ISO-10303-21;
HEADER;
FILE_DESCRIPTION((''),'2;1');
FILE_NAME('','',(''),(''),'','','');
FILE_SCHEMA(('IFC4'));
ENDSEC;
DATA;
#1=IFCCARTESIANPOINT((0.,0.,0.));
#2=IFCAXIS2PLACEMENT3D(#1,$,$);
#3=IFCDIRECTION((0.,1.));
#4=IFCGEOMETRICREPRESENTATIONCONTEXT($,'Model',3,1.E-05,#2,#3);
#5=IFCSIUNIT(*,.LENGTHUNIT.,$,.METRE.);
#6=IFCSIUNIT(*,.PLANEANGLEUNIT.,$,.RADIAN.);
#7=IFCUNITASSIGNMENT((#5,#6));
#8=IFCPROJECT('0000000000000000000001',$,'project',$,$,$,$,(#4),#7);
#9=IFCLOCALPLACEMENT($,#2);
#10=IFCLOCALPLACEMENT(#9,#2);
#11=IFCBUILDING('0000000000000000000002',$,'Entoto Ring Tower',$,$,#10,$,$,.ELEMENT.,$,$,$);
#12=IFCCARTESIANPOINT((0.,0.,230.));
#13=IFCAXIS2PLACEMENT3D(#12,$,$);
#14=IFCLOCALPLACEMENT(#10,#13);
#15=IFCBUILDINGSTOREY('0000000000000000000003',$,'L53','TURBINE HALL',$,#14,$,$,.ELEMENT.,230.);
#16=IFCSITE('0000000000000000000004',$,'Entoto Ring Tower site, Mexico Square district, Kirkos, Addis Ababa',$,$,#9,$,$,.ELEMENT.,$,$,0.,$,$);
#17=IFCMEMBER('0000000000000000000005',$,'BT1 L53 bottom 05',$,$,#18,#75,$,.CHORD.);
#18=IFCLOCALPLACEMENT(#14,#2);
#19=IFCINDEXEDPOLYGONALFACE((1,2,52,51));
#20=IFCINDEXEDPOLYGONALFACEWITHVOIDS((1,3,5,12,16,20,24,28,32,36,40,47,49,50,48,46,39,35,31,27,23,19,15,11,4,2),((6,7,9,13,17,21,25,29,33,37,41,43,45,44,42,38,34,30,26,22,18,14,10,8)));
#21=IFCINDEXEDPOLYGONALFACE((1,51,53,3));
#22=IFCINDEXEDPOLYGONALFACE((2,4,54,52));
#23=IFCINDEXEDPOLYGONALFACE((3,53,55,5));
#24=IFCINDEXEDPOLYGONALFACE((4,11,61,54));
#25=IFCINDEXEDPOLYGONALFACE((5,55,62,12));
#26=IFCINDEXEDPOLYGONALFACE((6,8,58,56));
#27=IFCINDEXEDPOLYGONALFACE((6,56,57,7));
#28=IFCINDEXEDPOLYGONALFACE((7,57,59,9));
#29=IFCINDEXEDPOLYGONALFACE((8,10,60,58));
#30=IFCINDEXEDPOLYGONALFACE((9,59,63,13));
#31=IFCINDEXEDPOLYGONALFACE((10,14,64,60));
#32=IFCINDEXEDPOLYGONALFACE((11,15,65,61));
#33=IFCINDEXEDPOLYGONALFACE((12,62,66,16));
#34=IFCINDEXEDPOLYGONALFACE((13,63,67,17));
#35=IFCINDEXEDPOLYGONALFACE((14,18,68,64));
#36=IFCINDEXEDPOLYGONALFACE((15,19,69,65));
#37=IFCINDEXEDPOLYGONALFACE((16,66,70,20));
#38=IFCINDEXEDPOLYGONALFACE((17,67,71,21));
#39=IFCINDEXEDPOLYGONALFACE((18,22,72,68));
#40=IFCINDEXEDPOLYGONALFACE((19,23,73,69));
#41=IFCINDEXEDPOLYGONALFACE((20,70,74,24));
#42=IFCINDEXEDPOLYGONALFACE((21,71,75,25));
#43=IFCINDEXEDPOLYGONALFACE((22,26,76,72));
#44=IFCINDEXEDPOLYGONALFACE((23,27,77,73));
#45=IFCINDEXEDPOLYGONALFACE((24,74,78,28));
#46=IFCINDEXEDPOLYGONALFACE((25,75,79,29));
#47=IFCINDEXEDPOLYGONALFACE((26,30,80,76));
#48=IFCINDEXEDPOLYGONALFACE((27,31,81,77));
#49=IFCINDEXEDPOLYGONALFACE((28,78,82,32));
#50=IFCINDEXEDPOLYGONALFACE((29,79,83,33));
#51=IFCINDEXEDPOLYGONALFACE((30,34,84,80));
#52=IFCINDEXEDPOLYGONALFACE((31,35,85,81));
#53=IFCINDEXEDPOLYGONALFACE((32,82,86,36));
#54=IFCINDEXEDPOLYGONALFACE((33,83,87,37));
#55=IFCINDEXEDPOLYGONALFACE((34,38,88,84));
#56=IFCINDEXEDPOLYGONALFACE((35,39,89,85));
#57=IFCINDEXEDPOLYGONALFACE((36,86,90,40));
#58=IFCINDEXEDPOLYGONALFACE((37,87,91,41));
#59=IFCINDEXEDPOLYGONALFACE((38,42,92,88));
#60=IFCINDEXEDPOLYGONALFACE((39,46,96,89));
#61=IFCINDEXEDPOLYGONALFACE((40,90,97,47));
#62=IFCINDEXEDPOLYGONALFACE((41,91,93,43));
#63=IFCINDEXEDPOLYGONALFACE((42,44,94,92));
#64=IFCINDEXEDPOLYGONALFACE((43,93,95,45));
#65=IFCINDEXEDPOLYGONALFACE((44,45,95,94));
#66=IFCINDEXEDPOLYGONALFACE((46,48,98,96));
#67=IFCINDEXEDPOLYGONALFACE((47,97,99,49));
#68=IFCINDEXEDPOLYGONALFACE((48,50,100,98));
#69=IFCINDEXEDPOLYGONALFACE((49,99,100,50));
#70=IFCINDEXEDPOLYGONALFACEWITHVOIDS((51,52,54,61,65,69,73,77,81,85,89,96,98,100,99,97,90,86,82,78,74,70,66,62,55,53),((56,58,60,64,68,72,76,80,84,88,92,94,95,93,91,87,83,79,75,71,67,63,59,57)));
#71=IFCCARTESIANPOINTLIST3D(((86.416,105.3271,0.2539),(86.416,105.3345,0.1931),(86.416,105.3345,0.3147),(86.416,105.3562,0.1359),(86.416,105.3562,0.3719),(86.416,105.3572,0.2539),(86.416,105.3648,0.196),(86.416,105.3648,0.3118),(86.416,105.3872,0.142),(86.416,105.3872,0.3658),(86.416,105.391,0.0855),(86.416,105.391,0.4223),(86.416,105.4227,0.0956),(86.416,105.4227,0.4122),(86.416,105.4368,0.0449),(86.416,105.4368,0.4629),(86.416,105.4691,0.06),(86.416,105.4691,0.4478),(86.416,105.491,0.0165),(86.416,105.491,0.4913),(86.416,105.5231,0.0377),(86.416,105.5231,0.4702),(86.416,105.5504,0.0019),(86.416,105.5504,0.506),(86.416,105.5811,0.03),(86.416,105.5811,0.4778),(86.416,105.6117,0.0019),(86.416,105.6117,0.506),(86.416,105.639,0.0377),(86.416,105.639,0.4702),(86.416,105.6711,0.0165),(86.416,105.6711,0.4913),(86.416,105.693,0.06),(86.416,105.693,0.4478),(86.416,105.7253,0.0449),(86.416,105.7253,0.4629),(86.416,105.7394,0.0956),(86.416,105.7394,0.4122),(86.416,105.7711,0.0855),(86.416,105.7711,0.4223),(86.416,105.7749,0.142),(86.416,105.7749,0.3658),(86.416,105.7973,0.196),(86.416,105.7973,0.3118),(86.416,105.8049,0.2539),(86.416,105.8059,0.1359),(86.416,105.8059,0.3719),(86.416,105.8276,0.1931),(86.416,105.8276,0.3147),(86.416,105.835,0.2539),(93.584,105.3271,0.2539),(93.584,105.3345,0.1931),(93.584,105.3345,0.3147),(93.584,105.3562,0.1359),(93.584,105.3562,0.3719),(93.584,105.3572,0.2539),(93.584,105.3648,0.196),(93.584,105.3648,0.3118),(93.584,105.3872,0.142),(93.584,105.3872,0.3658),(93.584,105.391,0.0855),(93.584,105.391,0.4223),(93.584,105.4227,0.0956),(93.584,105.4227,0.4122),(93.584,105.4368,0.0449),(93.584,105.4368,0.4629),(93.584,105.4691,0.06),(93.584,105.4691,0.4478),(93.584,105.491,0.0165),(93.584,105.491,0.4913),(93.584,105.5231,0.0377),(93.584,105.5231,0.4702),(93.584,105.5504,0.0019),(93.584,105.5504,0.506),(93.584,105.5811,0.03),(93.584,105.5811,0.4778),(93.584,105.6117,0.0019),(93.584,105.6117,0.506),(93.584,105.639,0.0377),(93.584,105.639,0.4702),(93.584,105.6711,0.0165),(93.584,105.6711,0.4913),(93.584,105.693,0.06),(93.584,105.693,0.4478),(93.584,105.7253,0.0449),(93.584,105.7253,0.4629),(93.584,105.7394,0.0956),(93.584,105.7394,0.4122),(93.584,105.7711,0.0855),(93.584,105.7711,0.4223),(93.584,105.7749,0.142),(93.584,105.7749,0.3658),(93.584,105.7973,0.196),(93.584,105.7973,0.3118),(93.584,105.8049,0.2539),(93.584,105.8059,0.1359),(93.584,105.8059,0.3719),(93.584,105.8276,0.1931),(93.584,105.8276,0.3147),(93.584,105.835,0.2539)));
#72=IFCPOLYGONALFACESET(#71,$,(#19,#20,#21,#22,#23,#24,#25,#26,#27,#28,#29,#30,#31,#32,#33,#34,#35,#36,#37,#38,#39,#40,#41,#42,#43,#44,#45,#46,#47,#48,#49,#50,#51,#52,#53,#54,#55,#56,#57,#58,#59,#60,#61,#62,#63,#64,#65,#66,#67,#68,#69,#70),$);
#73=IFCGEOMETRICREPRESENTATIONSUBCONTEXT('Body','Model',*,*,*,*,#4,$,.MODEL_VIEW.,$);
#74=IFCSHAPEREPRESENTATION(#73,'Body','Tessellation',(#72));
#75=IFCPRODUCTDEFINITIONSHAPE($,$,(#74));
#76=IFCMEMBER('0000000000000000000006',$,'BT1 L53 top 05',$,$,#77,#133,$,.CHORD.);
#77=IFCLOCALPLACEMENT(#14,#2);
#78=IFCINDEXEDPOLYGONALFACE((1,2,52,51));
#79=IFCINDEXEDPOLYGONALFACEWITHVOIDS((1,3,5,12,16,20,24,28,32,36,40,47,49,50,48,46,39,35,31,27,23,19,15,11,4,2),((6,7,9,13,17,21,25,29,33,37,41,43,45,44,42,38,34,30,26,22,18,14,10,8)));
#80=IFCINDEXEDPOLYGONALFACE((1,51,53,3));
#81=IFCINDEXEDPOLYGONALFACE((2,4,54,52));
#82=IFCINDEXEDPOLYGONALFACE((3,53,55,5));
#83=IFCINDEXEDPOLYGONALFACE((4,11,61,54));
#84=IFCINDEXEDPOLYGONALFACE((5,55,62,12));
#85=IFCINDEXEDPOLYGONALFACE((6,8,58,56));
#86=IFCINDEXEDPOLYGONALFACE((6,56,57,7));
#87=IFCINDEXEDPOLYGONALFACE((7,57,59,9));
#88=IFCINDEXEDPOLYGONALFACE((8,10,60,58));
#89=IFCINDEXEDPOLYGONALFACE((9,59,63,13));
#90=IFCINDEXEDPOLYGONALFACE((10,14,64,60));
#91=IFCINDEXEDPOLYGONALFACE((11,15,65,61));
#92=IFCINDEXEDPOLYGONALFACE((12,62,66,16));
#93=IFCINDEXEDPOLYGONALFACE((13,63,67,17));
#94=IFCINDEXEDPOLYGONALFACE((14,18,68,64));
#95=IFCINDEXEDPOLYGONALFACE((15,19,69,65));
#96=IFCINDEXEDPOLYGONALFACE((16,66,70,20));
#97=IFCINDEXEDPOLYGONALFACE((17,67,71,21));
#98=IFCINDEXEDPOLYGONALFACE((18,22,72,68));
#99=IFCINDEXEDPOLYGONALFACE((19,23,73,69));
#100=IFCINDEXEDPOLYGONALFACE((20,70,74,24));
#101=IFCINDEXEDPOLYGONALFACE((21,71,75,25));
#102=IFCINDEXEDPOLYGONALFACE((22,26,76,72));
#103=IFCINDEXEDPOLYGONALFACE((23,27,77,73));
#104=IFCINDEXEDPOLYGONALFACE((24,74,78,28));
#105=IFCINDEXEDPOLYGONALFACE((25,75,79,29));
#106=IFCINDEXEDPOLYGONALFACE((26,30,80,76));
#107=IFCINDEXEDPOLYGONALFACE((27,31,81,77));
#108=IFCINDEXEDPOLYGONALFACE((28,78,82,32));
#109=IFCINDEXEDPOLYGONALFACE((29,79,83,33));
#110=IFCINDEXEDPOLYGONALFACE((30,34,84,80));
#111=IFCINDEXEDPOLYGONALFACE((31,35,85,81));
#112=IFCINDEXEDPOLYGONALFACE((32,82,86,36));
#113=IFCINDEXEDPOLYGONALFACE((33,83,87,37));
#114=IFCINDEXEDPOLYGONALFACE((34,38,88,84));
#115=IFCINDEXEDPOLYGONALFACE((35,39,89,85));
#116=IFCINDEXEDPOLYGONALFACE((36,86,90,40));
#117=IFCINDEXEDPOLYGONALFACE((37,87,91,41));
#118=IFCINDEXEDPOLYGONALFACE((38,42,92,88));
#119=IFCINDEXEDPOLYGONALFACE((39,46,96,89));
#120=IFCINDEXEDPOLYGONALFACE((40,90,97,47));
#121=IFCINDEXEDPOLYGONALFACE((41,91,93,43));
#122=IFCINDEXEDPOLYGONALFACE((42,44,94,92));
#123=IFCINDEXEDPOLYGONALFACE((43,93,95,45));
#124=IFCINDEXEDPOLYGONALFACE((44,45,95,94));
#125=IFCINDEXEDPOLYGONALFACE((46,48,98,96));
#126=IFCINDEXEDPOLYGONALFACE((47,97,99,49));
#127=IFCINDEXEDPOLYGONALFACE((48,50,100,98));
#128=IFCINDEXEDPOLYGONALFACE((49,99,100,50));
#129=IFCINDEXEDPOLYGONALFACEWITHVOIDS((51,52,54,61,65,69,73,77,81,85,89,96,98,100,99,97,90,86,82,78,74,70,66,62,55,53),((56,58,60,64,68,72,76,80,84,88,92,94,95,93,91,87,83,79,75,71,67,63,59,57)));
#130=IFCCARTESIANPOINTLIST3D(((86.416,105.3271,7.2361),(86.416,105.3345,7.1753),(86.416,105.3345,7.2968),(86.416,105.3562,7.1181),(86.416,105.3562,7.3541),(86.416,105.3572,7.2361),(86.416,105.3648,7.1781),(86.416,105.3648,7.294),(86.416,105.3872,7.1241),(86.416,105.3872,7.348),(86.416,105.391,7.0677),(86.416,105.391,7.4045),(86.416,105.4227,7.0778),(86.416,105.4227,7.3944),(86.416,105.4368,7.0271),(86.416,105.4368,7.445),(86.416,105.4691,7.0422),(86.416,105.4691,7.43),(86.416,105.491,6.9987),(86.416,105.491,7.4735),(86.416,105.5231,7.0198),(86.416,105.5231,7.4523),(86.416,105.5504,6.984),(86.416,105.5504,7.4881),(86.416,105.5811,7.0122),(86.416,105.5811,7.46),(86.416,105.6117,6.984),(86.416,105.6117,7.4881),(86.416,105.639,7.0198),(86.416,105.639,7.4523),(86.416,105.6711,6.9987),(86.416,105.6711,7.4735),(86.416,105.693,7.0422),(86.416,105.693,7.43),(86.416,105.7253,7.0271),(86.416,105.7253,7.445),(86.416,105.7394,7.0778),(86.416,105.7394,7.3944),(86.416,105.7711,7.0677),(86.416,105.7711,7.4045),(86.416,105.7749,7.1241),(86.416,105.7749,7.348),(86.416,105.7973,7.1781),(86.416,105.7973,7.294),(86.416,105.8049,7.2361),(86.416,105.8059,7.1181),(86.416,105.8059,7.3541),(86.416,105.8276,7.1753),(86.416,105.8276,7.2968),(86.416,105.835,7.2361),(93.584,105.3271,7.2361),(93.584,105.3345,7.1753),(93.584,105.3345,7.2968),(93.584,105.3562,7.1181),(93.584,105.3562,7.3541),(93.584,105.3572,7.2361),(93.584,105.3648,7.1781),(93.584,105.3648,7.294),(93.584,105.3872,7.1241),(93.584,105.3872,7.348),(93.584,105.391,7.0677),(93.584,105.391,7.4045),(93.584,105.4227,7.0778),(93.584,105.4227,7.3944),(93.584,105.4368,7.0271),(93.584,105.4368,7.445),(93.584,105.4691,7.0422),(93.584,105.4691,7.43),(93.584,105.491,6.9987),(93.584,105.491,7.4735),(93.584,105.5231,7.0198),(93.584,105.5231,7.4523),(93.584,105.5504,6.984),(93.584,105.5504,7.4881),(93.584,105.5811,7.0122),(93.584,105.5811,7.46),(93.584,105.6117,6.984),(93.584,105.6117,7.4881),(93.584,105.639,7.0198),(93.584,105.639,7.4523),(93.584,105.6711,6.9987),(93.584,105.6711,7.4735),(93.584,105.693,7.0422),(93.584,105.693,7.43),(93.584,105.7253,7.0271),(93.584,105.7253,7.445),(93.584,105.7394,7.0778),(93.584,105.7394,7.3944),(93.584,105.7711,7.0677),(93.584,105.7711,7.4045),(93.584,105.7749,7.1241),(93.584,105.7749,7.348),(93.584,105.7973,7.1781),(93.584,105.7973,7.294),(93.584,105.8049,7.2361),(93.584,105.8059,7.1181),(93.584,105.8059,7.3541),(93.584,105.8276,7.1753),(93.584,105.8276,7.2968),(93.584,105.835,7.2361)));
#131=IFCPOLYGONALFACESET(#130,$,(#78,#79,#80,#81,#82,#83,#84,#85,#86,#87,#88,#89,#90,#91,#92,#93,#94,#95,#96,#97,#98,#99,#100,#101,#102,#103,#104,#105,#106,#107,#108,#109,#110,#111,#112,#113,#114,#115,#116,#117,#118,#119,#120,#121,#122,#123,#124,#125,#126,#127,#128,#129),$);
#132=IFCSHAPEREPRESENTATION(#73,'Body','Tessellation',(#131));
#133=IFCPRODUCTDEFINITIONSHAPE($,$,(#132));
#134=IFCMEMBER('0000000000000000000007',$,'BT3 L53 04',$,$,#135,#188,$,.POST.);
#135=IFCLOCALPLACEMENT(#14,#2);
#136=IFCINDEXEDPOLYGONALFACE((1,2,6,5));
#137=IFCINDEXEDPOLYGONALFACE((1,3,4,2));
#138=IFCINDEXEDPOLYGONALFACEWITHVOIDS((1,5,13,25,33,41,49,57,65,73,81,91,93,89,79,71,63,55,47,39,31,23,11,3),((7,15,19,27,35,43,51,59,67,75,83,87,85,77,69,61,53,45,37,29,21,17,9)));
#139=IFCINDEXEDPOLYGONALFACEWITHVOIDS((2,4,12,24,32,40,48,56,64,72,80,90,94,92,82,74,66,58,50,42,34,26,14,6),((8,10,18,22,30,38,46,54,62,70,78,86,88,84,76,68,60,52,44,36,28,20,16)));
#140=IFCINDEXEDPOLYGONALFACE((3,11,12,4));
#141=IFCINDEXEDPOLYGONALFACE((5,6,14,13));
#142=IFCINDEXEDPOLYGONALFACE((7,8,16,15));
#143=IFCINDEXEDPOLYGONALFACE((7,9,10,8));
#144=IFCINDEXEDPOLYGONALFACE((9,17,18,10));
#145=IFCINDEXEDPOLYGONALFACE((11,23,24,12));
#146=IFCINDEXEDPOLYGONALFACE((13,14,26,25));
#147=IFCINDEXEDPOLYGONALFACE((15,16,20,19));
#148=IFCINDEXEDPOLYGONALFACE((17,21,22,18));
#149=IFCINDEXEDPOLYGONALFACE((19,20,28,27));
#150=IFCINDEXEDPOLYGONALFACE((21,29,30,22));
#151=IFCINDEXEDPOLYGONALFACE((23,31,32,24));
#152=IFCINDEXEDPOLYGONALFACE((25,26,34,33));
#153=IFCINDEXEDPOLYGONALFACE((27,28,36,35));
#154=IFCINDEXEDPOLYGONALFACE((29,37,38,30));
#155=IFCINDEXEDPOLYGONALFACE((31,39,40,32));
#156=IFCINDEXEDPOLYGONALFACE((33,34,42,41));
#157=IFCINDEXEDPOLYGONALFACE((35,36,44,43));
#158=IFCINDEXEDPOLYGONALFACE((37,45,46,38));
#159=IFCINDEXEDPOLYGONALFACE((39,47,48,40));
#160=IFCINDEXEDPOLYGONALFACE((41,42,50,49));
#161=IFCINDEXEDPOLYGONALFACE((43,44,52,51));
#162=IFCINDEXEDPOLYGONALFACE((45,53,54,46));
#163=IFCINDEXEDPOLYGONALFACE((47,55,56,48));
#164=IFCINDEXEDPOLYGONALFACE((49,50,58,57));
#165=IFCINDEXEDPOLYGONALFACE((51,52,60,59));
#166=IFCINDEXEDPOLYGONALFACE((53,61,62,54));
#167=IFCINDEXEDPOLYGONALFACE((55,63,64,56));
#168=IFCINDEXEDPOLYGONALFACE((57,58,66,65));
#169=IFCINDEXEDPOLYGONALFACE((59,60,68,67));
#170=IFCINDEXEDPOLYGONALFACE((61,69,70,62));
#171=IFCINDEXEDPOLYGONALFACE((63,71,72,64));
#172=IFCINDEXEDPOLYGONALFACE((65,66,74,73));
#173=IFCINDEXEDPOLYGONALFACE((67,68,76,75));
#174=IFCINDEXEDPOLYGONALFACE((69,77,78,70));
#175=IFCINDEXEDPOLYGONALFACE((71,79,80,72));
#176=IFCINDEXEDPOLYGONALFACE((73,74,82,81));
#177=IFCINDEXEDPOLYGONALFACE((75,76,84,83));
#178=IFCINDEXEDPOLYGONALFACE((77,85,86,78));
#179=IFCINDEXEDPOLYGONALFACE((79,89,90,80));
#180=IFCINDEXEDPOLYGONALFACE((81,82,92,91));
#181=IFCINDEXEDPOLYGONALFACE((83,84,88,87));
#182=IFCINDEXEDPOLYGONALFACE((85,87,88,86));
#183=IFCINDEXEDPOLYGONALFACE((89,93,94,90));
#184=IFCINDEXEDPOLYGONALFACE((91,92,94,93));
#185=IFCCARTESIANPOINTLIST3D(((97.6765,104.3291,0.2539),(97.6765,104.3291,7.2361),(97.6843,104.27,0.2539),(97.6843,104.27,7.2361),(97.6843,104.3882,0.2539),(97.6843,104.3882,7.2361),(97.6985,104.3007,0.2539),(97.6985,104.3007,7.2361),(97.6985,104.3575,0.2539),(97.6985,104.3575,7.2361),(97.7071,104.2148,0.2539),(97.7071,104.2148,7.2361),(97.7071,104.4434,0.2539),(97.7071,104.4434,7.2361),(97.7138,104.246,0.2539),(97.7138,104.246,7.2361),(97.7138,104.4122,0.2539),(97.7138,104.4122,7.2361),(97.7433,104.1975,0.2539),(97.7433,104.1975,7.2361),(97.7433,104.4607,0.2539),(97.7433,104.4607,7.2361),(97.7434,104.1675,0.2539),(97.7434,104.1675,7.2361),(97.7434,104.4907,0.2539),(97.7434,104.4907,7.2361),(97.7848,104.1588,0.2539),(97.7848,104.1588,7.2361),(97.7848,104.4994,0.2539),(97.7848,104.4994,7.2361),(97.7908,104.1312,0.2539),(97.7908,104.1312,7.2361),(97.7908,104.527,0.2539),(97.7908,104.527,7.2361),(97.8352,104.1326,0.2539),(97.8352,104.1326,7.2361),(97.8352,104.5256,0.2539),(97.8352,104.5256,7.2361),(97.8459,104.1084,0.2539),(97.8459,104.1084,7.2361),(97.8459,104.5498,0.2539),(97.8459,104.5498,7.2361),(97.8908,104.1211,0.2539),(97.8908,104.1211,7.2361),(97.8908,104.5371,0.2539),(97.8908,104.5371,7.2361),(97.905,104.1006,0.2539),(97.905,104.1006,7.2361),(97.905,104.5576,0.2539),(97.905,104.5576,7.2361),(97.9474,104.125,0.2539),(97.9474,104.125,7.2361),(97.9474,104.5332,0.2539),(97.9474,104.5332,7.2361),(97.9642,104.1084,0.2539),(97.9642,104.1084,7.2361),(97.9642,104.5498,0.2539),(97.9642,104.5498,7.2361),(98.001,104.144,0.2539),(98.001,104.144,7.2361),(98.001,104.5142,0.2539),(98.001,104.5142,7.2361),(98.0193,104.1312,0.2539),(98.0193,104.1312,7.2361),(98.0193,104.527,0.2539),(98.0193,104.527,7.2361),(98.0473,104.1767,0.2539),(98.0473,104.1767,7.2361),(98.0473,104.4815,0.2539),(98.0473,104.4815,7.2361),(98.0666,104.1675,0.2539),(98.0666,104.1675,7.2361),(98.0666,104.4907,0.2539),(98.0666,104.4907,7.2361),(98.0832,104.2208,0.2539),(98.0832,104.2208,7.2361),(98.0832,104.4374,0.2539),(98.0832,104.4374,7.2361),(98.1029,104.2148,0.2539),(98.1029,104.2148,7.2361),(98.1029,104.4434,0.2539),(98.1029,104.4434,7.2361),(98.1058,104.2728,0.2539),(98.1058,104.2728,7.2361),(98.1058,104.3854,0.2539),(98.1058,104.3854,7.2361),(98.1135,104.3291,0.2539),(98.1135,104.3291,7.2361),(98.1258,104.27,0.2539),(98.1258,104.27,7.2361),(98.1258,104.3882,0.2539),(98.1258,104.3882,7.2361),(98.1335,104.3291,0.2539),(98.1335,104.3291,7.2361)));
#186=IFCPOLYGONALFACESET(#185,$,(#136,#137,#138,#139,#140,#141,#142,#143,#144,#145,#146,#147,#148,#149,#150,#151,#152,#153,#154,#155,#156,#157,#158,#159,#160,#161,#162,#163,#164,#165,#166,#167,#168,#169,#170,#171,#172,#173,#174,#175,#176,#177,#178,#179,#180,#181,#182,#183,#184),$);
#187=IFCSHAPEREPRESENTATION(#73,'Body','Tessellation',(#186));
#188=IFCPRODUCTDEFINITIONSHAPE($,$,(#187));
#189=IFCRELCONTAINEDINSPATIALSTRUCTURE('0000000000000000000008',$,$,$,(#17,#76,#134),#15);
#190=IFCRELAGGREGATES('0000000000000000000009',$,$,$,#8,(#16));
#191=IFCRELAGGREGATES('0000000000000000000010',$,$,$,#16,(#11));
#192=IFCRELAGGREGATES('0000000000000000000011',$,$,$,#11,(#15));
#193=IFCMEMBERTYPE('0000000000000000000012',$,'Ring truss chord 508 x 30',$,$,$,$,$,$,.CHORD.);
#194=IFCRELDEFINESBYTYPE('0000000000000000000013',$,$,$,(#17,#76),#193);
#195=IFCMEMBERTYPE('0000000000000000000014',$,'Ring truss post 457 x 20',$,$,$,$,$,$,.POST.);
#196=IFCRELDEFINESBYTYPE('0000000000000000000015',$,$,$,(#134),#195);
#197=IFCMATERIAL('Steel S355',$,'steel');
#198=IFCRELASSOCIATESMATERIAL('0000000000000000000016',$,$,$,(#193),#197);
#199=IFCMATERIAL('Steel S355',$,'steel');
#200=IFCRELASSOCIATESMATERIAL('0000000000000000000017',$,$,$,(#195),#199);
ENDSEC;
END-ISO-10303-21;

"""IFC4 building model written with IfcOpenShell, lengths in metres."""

from ifc_helpers import new_model, si_unit, direction, frame, origin, origin_2d, place, context, subcontext, project, spatial, circle, hollow_circle, extrude, material, material_profile, profile_set, type_object, element, save


model = new_model("IFC4")

# Units and contexts
model_context = context("Model", 3, precision=1e-05, world=origin(), true_north=direction((0.0, 1.0)))
body_context = subcontext(model_context, "Body", "Model", "MODEL_VIEW")
ifc_project = project(units=[si_unit("LENGTHUNIT", "METRE"), si_unit("PLANEANGLEUNIT", "RADIAN")], contexts=[model_context])

# Site, building, storey
site_placement = place(None, origin())
site = spatial("IfcSite", under=ifc_project, at=site_placement, Name="Entoto Ring Tower site, Mexico Square district, Kirkos, Addis Ababa", CompositionType="ELEMENT", RefElevation=0.0)
building_placement = place(site_placement, origin())
building = spatial("IfcBuilding", under=site, at=building_placement, Name="Entoto Ring Tower", CompositionType="ELEMENT")
storey_placement = place(building_placement, frame((0.0, 0.0, 230.0)))
storey = spatial("IfcBuildingStorey", under=building, at=storey_placement, Name="L53", Description="TURBINE HALL", CompositionType="ELEMENT", Elevation=230.0)

# Members
ifc_material_1 = material(Name="Steel S355", Category="steel")
ifc_material_profile_1 = material_profile(ifc_material_1, hollow_circle(Radius=0.2539, WallThickness=0.03, at=origin_2d()), Name="CHS 508 x 30")
ifc_material_2 = material(Name="Concrete C60/75", Category="concrete")
ifc_material_profile_2 = material_profile(ifc_material_2, circle(Radius=0.2241, at=origin_2d()), Name="Concrete C60/75 infill")
ifc_profile_set_1 = profile_set([ifc_material_profile_1, ifc_material_profile_2], Name="Steel S355")
member_type_1 = type_object("IfcMemberType", Name="Ring truss chord 508 x 30", PredefinedType="CHORD", material=ifc_profile_set_1)
for number, where, z_axis, x_axis, name in (
    (1, (93.584, 105.5811, 0.2539), (-1.0, 0.0, 0.0), (0.0, -1.0, 0.0), "BT1 L53 bottom 05"),
    (2, (93.584, 105.5811, 7.2361), (-1.0, 0.0, 0.0), (0.0, -1.0, 0.0), "BT1 L53 top 05"),
):
    element("IfcMember", number, at=place(storey_placement, frame(where, z_axis=z_axis, x_axis=x_axis)), inside=storey, type_object=member_type_1, Name=name, PredefinedType="CHORD", context=body_context, shape_type="SweptSolid", body=[
        extrude(hollow_circle(Radius=0.2539, WallThickness=0.03, at=origin_2d()), origin(), (0.0, 0.0, 1.0), 7.168),
    ])
ifc_material_3 = material(Name="Steel S355", Category="steel")
ifc_material_profile_3 = material_profile(ifc_material_3, hollow_circle(Radius=0.2285, WallThickness=0.02, at=origin_2d()), Name="CHS 457 x 20")
ifc_material_4 = material(Name="Concrete C60/75", Category="concrete")
ifc_material_profile_4 = material_profile(ifc_material_4, circle(Radius=0.2085, at=origin_2d()), Name="Concrete C60/75 infill")
ifc_profile_set_2 = profile_set([ifc_material_profile_3, ifc_material_profile_4], Name="Steel S355")
member_type_2 = type_object("IfcMemberType", Name="Ring truss post 457 x 20", PredefinedType="POST", material=ifc_profile_set_2)
for number, where, z_axis, x_axis, name in (
    (3, (97.905, 104.3291, 0.2539), (0.0, 0.0, 1.0), (1.0, 0.0, 0.0), "BT3 L53 04"),
):
    element("IfcMember", number, at=place(storey_placement, frame(where, z_axis=z_axis, x_axis=x_axis)), inside=storey, type_object=member_type_2, Name=name, PredefinedType="POST", context=body_context, shape_type="SweptSolid", body=[
        extrude(hollow_circle(Radius=0.2285, WallThickness=0.02, at=origin_2d()), origin(), (0.0, 0.0, 1.0), 6.9822),
    ])

save(model, "model.ifc")
